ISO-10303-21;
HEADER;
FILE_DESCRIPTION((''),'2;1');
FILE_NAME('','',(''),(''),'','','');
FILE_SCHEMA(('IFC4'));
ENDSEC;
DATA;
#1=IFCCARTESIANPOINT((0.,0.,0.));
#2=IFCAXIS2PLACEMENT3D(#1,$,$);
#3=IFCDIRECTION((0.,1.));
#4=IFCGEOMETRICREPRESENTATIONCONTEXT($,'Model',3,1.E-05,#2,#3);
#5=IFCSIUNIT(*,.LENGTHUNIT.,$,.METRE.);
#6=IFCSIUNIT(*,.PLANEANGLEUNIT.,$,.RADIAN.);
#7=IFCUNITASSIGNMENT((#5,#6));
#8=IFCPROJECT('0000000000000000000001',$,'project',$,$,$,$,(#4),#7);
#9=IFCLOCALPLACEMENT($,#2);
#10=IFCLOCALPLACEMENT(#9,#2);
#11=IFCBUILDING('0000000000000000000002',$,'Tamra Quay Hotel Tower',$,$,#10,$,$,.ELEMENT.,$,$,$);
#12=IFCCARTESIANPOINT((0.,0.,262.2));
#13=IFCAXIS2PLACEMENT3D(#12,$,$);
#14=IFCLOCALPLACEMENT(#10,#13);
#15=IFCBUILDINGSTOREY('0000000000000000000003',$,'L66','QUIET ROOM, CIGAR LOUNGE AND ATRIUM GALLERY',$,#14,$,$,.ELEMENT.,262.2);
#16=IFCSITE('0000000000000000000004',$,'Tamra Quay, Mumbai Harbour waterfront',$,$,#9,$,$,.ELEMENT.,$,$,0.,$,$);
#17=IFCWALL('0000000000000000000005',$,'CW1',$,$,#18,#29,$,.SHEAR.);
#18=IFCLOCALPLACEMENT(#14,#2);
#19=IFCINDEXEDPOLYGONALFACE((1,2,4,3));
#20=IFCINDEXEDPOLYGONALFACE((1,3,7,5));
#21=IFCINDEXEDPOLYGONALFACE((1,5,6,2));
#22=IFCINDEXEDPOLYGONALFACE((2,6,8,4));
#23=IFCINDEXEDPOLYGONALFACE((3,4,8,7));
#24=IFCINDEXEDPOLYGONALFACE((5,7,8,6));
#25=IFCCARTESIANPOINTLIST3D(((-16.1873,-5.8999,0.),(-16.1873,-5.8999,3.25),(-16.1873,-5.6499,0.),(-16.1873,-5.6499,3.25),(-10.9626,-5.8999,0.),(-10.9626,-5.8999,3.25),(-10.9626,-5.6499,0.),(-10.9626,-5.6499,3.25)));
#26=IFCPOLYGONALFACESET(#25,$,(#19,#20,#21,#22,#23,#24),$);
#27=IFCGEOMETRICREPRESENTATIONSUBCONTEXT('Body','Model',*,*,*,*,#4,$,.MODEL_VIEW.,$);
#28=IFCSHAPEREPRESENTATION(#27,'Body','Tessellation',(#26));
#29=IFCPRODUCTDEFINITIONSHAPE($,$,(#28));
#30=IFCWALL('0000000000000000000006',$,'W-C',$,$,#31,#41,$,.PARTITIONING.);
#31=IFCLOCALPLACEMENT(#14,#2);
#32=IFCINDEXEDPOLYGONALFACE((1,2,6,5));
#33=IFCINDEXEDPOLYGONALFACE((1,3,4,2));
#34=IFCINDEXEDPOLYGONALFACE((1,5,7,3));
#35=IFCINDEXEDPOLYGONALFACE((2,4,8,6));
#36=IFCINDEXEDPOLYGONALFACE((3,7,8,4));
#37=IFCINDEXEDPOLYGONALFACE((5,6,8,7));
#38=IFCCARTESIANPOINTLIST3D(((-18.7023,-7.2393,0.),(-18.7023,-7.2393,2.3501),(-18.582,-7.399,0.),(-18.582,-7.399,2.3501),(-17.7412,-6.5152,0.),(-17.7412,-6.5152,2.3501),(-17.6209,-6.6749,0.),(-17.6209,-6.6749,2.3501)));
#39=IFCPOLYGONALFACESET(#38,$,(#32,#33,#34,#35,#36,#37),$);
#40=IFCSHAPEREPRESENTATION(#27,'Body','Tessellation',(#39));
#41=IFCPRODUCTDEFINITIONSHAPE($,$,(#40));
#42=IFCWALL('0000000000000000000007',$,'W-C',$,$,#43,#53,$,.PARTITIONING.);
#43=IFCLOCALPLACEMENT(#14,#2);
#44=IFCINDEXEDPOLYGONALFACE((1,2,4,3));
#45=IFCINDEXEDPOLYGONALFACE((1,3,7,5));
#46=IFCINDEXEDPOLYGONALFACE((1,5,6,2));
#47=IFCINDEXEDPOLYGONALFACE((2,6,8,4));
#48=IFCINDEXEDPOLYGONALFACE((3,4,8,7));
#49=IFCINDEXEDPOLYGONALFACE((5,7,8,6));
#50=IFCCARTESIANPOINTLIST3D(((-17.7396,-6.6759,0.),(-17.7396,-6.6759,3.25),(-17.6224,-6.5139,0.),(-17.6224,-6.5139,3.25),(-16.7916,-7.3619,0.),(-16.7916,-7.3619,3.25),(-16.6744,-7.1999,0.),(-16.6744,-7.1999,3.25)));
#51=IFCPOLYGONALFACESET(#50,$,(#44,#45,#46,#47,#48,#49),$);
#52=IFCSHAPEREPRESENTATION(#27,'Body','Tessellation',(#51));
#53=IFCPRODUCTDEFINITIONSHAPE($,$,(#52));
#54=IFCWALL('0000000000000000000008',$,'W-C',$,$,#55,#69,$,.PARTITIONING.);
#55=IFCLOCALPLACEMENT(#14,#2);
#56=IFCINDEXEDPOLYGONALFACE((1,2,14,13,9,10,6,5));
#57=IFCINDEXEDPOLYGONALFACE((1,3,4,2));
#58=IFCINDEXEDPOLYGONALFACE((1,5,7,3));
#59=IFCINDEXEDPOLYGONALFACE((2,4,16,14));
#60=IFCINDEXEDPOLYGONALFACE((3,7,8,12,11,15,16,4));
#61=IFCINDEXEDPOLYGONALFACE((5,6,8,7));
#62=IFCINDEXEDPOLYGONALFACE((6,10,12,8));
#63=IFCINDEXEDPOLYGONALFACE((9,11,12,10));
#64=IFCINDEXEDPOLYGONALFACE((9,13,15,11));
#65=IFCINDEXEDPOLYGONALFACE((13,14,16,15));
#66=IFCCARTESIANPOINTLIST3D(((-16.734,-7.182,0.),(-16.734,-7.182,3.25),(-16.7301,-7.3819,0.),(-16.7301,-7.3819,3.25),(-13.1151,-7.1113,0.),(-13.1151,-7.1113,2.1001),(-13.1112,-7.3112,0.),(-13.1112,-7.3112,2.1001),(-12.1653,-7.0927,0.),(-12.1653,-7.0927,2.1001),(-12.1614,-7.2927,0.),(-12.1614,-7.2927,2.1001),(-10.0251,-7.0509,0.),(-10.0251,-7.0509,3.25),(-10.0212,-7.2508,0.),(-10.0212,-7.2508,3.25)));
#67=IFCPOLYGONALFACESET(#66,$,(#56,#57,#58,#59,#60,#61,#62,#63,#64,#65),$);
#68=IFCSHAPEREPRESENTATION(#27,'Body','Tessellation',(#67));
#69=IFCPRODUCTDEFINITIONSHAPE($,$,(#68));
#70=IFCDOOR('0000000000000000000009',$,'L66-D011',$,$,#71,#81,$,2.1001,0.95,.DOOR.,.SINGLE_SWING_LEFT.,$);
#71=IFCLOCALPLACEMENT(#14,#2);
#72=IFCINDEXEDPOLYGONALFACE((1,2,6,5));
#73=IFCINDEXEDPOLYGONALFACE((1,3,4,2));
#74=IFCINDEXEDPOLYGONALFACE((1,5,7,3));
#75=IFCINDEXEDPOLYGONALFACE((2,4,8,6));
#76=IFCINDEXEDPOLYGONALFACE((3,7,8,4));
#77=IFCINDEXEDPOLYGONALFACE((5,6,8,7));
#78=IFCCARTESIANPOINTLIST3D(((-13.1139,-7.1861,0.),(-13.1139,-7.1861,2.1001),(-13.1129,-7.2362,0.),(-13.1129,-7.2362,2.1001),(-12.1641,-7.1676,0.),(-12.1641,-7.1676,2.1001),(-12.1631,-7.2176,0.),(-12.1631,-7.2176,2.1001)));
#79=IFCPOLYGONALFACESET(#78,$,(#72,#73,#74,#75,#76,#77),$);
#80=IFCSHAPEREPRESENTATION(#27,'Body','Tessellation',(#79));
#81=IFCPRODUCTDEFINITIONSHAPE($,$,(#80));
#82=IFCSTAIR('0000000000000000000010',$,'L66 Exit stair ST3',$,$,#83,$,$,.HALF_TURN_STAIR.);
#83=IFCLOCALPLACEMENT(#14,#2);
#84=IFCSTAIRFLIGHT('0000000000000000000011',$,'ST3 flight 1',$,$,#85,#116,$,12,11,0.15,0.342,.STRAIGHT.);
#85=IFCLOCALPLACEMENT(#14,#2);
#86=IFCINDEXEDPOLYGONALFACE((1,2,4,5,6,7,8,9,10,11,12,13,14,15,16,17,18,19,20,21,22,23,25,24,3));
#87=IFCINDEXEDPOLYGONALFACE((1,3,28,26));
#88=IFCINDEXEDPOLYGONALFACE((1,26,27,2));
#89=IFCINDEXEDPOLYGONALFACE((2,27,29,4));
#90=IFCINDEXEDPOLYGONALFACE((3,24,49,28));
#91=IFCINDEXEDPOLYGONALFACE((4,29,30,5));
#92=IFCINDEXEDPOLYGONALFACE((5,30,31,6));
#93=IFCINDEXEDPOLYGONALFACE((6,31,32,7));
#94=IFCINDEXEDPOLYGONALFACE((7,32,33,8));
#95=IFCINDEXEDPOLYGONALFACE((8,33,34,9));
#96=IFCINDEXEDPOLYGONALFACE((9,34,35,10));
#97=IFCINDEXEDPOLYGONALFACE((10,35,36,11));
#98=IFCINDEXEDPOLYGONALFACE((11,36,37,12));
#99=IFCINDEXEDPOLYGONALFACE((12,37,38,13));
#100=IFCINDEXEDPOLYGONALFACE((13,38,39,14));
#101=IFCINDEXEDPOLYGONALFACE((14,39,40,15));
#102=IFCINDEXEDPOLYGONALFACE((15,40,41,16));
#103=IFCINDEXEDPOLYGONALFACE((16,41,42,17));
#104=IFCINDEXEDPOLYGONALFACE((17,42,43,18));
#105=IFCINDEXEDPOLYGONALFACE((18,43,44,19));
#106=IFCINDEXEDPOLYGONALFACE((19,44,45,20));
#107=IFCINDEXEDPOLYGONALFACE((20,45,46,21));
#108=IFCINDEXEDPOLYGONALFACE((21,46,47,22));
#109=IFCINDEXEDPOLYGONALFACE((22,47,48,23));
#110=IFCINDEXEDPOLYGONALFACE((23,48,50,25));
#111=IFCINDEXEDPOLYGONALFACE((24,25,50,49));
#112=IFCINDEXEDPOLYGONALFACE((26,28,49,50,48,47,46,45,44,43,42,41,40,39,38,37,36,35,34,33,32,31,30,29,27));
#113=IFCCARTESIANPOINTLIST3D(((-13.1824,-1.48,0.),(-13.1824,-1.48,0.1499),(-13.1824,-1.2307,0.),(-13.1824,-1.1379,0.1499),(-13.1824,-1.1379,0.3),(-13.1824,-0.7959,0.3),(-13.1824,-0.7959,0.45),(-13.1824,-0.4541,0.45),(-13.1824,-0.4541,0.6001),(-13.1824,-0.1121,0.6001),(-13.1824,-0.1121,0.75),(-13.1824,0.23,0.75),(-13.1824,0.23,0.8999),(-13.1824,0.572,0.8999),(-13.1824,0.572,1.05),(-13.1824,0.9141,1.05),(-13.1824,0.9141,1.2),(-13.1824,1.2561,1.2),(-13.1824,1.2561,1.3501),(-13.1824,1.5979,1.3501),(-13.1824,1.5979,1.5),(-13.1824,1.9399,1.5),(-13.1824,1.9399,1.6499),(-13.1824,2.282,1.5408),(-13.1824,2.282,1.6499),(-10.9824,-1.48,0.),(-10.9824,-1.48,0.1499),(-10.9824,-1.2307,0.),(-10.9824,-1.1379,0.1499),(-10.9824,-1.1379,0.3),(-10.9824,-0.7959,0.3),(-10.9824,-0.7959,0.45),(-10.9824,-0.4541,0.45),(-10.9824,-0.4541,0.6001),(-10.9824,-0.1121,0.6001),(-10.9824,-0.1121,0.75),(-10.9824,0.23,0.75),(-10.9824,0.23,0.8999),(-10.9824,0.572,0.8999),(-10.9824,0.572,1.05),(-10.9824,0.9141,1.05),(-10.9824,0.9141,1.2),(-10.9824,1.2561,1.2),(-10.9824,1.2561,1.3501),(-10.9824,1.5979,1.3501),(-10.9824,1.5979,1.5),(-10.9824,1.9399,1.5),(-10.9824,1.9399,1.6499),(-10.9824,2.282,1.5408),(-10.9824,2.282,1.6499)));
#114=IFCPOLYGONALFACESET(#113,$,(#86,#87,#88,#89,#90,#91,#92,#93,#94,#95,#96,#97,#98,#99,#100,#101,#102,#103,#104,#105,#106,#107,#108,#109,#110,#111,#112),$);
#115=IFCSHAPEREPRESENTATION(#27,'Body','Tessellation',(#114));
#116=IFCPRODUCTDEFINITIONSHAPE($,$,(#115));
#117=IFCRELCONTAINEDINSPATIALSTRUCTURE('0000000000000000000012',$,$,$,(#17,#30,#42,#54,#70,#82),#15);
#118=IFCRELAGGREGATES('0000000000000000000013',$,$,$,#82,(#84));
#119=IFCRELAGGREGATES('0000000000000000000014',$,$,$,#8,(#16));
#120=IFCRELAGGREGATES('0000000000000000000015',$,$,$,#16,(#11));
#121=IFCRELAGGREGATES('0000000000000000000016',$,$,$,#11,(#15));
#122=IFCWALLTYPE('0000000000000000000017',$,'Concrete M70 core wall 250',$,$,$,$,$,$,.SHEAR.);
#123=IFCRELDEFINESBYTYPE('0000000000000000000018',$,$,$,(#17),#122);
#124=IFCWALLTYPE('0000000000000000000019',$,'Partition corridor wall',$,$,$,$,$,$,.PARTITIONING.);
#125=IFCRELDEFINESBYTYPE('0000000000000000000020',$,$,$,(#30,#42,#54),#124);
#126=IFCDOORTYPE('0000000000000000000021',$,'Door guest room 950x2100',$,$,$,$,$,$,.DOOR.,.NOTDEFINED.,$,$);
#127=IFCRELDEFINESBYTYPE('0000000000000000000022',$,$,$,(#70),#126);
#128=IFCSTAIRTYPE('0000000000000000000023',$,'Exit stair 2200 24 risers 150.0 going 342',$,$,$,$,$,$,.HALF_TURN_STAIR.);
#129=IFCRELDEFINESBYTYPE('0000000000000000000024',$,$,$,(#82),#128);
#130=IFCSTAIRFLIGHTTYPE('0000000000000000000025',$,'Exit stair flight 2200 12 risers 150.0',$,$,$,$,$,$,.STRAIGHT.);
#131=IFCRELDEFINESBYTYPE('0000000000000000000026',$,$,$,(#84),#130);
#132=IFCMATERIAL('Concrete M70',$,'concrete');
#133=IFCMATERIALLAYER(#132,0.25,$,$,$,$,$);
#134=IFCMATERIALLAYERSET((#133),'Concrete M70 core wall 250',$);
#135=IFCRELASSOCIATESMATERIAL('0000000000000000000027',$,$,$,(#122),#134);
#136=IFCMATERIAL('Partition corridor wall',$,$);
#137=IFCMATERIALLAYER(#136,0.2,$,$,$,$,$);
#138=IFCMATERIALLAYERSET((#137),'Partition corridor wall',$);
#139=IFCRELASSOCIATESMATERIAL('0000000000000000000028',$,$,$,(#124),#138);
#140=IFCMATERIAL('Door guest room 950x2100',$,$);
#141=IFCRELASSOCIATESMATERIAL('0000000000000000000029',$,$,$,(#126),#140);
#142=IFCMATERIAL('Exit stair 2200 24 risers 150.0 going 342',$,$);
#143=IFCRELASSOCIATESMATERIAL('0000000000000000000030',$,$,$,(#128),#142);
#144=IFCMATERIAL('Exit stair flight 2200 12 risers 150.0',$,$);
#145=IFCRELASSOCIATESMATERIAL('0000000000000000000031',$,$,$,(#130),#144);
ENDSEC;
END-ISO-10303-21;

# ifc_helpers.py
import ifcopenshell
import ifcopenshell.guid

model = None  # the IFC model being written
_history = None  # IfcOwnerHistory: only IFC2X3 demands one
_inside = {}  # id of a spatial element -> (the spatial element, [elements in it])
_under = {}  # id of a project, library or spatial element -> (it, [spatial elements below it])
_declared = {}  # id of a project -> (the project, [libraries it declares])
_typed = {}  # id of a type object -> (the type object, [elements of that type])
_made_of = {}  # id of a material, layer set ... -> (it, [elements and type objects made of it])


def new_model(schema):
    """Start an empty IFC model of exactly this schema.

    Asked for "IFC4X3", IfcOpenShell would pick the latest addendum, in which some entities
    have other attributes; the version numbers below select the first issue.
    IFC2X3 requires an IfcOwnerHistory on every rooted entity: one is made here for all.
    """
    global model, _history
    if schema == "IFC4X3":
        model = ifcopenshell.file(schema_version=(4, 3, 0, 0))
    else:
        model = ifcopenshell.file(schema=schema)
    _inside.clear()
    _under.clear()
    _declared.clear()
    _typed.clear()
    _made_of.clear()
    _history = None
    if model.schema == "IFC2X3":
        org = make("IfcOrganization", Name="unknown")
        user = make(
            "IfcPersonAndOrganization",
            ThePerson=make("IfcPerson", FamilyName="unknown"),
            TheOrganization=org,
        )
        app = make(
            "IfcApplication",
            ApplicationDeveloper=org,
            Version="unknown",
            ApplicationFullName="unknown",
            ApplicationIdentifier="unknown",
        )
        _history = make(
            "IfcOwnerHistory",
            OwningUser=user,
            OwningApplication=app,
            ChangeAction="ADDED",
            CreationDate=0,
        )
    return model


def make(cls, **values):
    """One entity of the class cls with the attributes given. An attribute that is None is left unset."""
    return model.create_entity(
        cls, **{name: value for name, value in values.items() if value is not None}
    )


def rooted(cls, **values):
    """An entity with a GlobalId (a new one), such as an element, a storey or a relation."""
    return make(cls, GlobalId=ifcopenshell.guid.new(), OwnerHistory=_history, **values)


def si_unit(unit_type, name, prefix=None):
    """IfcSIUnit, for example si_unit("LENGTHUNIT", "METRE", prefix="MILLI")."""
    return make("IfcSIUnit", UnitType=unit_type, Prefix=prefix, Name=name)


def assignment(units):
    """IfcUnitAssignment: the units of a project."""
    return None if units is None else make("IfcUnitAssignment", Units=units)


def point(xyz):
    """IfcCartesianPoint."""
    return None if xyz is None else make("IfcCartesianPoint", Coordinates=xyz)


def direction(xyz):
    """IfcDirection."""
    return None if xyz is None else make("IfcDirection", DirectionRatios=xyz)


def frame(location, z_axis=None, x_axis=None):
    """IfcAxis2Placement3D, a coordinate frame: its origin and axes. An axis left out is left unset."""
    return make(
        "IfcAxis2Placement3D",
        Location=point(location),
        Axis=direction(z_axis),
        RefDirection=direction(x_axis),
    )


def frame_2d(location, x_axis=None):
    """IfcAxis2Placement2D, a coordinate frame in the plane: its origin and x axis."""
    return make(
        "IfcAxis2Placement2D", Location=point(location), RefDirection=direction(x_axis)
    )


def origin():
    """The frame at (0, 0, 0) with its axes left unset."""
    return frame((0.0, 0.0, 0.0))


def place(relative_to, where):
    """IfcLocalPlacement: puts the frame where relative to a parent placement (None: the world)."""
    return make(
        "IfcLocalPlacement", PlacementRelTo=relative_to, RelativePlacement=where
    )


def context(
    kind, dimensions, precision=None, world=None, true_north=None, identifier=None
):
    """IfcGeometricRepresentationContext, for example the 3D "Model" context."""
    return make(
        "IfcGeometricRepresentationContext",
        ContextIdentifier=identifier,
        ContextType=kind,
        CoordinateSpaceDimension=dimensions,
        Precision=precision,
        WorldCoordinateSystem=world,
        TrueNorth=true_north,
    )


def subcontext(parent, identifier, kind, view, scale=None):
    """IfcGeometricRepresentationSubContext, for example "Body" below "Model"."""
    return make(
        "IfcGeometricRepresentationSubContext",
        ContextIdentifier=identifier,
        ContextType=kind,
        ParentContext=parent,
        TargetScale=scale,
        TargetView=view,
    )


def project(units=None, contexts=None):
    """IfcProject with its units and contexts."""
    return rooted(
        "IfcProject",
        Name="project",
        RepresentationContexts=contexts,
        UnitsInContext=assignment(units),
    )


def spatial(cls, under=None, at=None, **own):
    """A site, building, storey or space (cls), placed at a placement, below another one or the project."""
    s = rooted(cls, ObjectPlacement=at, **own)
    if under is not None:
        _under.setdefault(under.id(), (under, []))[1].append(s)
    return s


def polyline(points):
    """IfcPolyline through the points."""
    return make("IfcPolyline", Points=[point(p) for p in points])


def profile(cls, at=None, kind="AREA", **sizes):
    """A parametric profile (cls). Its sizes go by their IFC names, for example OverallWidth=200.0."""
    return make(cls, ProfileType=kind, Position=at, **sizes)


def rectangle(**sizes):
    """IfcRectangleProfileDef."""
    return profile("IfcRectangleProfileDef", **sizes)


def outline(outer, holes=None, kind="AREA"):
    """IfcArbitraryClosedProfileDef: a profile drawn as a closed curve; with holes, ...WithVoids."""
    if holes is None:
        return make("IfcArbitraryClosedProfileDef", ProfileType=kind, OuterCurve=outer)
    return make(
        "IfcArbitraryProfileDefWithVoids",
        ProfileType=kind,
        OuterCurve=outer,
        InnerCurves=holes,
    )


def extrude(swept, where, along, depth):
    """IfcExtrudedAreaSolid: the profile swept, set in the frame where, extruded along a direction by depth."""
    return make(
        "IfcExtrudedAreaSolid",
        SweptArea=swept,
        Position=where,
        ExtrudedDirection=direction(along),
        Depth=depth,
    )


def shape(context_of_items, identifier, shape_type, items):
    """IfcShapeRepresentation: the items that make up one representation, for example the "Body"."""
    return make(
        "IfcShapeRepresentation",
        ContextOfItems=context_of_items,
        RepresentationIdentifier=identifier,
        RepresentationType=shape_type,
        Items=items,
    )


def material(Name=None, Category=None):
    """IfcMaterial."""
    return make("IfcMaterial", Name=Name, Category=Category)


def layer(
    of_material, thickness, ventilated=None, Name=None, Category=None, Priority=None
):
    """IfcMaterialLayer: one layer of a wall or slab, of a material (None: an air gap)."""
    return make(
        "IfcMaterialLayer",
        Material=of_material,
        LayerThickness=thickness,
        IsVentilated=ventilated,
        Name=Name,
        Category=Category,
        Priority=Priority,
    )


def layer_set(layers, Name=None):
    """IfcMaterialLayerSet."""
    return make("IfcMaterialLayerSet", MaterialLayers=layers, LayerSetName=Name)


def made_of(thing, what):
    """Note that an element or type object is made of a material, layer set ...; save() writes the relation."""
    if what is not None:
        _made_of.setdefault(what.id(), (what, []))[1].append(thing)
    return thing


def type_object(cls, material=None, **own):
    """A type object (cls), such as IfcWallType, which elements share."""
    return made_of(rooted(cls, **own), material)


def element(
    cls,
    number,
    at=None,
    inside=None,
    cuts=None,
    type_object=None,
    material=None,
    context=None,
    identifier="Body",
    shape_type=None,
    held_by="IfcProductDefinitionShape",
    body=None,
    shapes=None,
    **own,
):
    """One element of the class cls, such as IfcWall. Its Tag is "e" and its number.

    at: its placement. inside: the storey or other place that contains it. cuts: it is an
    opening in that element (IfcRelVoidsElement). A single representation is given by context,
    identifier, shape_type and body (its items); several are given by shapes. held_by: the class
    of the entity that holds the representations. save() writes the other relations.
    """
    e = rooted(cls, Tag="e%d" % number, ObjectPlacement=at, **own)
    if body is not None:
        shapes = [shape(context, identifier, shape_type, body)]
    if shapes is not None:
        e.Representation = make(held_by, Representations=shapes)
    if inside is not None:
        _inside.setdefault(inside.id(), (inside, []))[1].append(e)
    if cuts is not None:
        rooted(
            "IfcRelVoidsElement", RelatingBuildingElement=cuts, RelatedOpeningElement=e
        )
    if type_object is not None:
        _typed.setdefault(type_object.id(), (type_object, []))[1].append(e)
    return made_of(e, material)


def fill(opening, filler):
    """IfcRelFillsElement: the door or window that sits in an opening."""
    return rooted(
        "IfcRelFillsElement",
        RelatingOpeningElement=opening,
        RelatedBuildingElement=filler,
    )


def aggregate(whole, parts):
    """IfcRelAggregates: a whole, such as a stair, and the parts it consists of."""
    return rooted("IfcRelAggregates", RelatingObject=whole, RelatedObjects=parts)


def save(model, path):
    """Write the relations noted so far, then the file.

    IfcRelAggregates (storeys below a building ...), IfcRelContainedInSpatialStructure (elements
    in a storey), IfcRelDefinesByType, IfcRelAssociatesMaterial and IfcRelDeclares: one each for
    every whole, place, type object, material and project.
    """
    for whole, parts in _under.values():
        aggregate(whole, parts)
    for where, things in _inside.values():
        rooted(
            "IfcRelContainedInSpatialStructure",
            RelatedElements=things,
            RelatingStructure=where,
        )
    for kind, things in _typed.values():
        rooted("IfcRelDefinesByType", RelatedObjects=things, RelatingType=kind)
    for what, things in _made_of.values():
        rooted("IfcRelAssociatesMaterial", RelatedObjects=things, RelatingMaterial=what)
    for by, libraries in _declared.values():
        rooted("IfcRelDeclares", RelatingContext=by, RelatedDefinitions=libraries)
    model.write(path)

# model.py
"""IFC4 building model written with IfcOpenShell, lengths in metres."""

from ifc_helpers import new_model, si_unit, direction, frame, frame_2d, origin, place, context, subcontext, project, spatial, polyline, rectangle, outline, extrude, material, layer, layer_set, type_object, element, fill, aggregate, save


model = new_model("IFC4")

# Units and contexts
model_context = context("Model", 3, precision=1e-05, world=origin(), true_north=direction((0.0, 1.0)))
body_context = subcontext(model_context, "Body", "Model", "MODEL_VIEW")
ifc_project = project(units=[si_unit("LENGTHUNIT", "METRE"), si_unit("PLANEANGLEUNIT", "RADIAN")], contexts=[model_context])

# Site, building, storey
site_placement = place(None, origin())
site = spatial("IfcSite", under=ifc_project, at=site_placement, Name="Tamra Quay, Mumbai Harbour waterfront", CompositionType="ELEMENT", RefElevation=0.0)
building_placement = place(site_placement, origin())
building = spatial("IfcBuilding", under=site, at=building_placement, Name="Tamra Quay Hotel Tower", CompositionType="ELEMENT")
storey_placement = place(building_placement, frame((0.0, 0.0, 262.2)))
storey = spatial("IfcBuildingStorey", under=building, at=storey_placement, Name="L66", Description="QUIET ROOM, CIGAR LOUNGE AND ATRIUM GALLERY", CompositionType="ELEMENT", Elevation=262.2)

# Shared definitions
ifc_material_1 = material(Name="Concrete M70", Category="concrete")

# Shared definitions
ifc_layer_1 = layer(ifc_material_1, 0.25)
ifc_layer_set_1 = layer_set([ifc_layer_1], Name="Concrete M70 core wall 250")
wall_type_1 = type_object("IfcWallType", Name="Concrete M70 core wall 250", PredefinedType="SHEAR", material=ifc_layer_set_1)

# Walls
wall_1_placement = place(storey_placement, frame((-10.9626, -5.7749, 0.0), z_axis=(0.0, 0.0, 1.0), x_axis=(-1.0, 0.0, 0.0)))
element("IfcWall", 1, at=wall_1_placement, inside=storey, type_object=wall_type_1, Name="CW1", PredefinedType="SHEAR", context=body_context, shape_type="SweptSolid", body=[
    extrude(rectangle(XDim=5.2246, YDim=0.25, at=frame_2d((2.6123, 0.0))), origin(), (0.0, 0.0, 1.0), 3.25),
])
ifc_material_2 = material(Name="Partition corridor wall")
ifc_layer_2 = layer(ifc_material_2, 0.2)
ifc_layer_set_2 = layer_set([ifc_layer_2], Name="Partition corridor wall")
wall_type_2 = type_object("IfcWallType", Name="Partition corridor wall", PredefinedType="PARTITIONING", material=ifc_layer_set_2)
wall_2_placement = place(storey_placement, frame((-18.6421, -7.3191, 0.0), z_axis=(0.0, 0.0, 1.0), x_axis=(0.798708, 0.601719, 0.0)))
element("IfcWall", 2, at=wall_2_placement, inside=storey, type_object=wall_type_2, Name="W-C", PredefinedType="PARTITIONING", context=body_context, shape_type="SweptSolid", body=[
    extrude(rectangle(XDim=1.2034, YDim=0.2, at=frame_2d((0.6016, 0.0))), origin(), (0.0, 0.0, 1.0), 2.3501),
])
wall_3_placement = place(storey_placement, frame((-17.6809, -6.595, 0.0), z_axis=(0.0, 0.0, 1.0), x_axis=(0.810123, -0.58626, 0.0)))
element("IfcWall", 3, at=wall_3_placement, inside=storey, type_object=wall_type_2, Name="W-C", PredefinedType="PARTITIONING", context=body_context, shape_type="SweptSolid", body=[
    extrude(rectangle(XDim=1.1702, YDim=0.2, at=frame_2d((0.585, 0.0))), origin(), (0.0, 0.0, 1.0), 3.25),
])

# Wall, opening, door
wall_4_placement = place(storey_placement, frame((-16.7319, -7.282, 0.0), z_axis=(0.0, 0.0, 1.0), x_axis=(0.999809, 0.019538, 0.0)))
wall_4 = element("IfcWall", 4, at=wall_4_placement, inside=storey, type_object=wall_type_2, Name="W-C", PredefinedType="PARTITIONING", context=body_context, shape_type="SweptSolid", body=[
    extrude(rectangle(XDim=6.7102, YDim=0.2, at=frame_2d((3.355, 0.0))), origin(), (0.0, 0.0, 1.0), 3.25),
])
opening_1_placement = place(wall_4_placement, frame((3.6194, 0.0, 0.0)))
opening_1 = element("IfcOpeningElement", 5, at=opening_1_placement, cuts=wall_4, PredefinedType="OPENING", context=body_context, shape_type="SweptSolid", body=[
    extrude(rectangle(XDim=0.95, YDim=2.1001, at=frame_2d((0.4751, 1.05))), frame((0.0, 0.1099, 0.0), z_axis=(0.0, -1.0, 0.0), x_axis=(1.0, 0.0, 0.0)), (0.0, 0.0, 1.0), 0.22),
])
ifc_material_3 = material(Name="Door guest room 950x2100")
door_type_1 = type_object("IfcDoorType", Name="Door guest room 950x2100", OperationType="NOTDEFINED", PredefinedType="DOOR", material=ifc_material_3)
door_1_placement = place(opening_1_placement, frame((0.95, 0.0, 0.0), z_axis=(0.0, 0.0, 1.0), x_axis=(-1.0, 0.0, 0.0)))
door_1 = element("IfcDoor", 6, at=door_1_placement, inside=storey, type_object=door_type_1, Name="L66-D011", OperationType="SINGLE_SWING_LEFT", OverallHeight=2.1001, OverallWidth=0.95, PredefinedType="DOOR", context=body_context, shape_type="SweptSolid", body=[
    extrude(rectangle(XDim=0.95, YDim=2.1001, at=frame_2d((0.4751, 1.05))), frame((0.0, 0.0249, 0.0), z_axis=(0.0, -1.0, 0.0), x_axis=(1.0, 0.0, 0.0)), (0.0, 0.0, 1.0), 0.05),
])
fill(opening_1, door_1)

# Stair, stair flight
ifc_material_4 = material(Name="Exit stair 2200 24 risers 150.0 going 342")
stair_type = type_object("IfcStairType", Name="Exit stair 2200 24 risers 150.0 going 342", PredefinedType="HALF_TURN_STAIR", material=ifc_material_4)
stair_placement = place(storey_placement, origin())
stair = element("IfcStair", 7, at=stair_placement, inside=storey, type_object=stair_type, Name="L66 Exit stair ST3", PredefinedType="HALF_TURN_STAIR")
ifc_material_5 = material(Name="Exit stair flight 2200 12 risers 150.0")
stair_flight_type = type_object("IfcStairFlightType", Name="Exit stair flight 2200 12 risers 150.0", PredefinedType="STRAIGHT", material=ifc_material_5)
stair_flight_placement = place(storey_placement, frame((-12.0823, -1.48, 0.0), z_axis=(0.0, 0.0, 1.0), x_axis=(0.0, 1.0, 0.0)))
stair_flight = element("IfcStairFlight", 8, at=stair_flight_placement, type_object=stair_flight_type, Name="ST3 flight 1", NumberOfRisers=12, NumberOfTreads=11, PredefinedType="STRAIGHT", RiserHeight=0.15, TreadLength=0.342, context=body_context, shape_type="SweptSolid", body=[
    extrude(outline(polyline([(0.0, 0.0), (0.0, 0.1499), (0.342, 0.1499), (0.342, 0.3), (0.6841, 0.3), (0.6841, 0.45), (1.0259, 0.45), (1.0259, 0.6001), (1.3679, 0.6001), (1.3679, 0.75), (1.71, 0.75), (1.71, 0.8999), (2.052, 0.8999), (2.052, 1.05), (2.394, 1.05), (2.394, 1.2), (2.7361, 1.2), (2.7361, 1.3501), (3.0779, 1.3501), (3.0779, 1.5), (3.4199, 1.5), (3.4199, 1.6499), (3.762, 1.6499), (3.762, 1.8), (3.762, 1.5408), (0.2493, 0.0), (0.0, 0.0)])), frame((0.0, 1.1001, 0.0), z_axis=(0.0, -1.0, 0.0), x_axis=(1.0, 0.0, 0.0)), (0.0, 0.0, 1.0), 2.2),
])
aggregate(stair, [stair_flight])

save(model, "model.ifc")
